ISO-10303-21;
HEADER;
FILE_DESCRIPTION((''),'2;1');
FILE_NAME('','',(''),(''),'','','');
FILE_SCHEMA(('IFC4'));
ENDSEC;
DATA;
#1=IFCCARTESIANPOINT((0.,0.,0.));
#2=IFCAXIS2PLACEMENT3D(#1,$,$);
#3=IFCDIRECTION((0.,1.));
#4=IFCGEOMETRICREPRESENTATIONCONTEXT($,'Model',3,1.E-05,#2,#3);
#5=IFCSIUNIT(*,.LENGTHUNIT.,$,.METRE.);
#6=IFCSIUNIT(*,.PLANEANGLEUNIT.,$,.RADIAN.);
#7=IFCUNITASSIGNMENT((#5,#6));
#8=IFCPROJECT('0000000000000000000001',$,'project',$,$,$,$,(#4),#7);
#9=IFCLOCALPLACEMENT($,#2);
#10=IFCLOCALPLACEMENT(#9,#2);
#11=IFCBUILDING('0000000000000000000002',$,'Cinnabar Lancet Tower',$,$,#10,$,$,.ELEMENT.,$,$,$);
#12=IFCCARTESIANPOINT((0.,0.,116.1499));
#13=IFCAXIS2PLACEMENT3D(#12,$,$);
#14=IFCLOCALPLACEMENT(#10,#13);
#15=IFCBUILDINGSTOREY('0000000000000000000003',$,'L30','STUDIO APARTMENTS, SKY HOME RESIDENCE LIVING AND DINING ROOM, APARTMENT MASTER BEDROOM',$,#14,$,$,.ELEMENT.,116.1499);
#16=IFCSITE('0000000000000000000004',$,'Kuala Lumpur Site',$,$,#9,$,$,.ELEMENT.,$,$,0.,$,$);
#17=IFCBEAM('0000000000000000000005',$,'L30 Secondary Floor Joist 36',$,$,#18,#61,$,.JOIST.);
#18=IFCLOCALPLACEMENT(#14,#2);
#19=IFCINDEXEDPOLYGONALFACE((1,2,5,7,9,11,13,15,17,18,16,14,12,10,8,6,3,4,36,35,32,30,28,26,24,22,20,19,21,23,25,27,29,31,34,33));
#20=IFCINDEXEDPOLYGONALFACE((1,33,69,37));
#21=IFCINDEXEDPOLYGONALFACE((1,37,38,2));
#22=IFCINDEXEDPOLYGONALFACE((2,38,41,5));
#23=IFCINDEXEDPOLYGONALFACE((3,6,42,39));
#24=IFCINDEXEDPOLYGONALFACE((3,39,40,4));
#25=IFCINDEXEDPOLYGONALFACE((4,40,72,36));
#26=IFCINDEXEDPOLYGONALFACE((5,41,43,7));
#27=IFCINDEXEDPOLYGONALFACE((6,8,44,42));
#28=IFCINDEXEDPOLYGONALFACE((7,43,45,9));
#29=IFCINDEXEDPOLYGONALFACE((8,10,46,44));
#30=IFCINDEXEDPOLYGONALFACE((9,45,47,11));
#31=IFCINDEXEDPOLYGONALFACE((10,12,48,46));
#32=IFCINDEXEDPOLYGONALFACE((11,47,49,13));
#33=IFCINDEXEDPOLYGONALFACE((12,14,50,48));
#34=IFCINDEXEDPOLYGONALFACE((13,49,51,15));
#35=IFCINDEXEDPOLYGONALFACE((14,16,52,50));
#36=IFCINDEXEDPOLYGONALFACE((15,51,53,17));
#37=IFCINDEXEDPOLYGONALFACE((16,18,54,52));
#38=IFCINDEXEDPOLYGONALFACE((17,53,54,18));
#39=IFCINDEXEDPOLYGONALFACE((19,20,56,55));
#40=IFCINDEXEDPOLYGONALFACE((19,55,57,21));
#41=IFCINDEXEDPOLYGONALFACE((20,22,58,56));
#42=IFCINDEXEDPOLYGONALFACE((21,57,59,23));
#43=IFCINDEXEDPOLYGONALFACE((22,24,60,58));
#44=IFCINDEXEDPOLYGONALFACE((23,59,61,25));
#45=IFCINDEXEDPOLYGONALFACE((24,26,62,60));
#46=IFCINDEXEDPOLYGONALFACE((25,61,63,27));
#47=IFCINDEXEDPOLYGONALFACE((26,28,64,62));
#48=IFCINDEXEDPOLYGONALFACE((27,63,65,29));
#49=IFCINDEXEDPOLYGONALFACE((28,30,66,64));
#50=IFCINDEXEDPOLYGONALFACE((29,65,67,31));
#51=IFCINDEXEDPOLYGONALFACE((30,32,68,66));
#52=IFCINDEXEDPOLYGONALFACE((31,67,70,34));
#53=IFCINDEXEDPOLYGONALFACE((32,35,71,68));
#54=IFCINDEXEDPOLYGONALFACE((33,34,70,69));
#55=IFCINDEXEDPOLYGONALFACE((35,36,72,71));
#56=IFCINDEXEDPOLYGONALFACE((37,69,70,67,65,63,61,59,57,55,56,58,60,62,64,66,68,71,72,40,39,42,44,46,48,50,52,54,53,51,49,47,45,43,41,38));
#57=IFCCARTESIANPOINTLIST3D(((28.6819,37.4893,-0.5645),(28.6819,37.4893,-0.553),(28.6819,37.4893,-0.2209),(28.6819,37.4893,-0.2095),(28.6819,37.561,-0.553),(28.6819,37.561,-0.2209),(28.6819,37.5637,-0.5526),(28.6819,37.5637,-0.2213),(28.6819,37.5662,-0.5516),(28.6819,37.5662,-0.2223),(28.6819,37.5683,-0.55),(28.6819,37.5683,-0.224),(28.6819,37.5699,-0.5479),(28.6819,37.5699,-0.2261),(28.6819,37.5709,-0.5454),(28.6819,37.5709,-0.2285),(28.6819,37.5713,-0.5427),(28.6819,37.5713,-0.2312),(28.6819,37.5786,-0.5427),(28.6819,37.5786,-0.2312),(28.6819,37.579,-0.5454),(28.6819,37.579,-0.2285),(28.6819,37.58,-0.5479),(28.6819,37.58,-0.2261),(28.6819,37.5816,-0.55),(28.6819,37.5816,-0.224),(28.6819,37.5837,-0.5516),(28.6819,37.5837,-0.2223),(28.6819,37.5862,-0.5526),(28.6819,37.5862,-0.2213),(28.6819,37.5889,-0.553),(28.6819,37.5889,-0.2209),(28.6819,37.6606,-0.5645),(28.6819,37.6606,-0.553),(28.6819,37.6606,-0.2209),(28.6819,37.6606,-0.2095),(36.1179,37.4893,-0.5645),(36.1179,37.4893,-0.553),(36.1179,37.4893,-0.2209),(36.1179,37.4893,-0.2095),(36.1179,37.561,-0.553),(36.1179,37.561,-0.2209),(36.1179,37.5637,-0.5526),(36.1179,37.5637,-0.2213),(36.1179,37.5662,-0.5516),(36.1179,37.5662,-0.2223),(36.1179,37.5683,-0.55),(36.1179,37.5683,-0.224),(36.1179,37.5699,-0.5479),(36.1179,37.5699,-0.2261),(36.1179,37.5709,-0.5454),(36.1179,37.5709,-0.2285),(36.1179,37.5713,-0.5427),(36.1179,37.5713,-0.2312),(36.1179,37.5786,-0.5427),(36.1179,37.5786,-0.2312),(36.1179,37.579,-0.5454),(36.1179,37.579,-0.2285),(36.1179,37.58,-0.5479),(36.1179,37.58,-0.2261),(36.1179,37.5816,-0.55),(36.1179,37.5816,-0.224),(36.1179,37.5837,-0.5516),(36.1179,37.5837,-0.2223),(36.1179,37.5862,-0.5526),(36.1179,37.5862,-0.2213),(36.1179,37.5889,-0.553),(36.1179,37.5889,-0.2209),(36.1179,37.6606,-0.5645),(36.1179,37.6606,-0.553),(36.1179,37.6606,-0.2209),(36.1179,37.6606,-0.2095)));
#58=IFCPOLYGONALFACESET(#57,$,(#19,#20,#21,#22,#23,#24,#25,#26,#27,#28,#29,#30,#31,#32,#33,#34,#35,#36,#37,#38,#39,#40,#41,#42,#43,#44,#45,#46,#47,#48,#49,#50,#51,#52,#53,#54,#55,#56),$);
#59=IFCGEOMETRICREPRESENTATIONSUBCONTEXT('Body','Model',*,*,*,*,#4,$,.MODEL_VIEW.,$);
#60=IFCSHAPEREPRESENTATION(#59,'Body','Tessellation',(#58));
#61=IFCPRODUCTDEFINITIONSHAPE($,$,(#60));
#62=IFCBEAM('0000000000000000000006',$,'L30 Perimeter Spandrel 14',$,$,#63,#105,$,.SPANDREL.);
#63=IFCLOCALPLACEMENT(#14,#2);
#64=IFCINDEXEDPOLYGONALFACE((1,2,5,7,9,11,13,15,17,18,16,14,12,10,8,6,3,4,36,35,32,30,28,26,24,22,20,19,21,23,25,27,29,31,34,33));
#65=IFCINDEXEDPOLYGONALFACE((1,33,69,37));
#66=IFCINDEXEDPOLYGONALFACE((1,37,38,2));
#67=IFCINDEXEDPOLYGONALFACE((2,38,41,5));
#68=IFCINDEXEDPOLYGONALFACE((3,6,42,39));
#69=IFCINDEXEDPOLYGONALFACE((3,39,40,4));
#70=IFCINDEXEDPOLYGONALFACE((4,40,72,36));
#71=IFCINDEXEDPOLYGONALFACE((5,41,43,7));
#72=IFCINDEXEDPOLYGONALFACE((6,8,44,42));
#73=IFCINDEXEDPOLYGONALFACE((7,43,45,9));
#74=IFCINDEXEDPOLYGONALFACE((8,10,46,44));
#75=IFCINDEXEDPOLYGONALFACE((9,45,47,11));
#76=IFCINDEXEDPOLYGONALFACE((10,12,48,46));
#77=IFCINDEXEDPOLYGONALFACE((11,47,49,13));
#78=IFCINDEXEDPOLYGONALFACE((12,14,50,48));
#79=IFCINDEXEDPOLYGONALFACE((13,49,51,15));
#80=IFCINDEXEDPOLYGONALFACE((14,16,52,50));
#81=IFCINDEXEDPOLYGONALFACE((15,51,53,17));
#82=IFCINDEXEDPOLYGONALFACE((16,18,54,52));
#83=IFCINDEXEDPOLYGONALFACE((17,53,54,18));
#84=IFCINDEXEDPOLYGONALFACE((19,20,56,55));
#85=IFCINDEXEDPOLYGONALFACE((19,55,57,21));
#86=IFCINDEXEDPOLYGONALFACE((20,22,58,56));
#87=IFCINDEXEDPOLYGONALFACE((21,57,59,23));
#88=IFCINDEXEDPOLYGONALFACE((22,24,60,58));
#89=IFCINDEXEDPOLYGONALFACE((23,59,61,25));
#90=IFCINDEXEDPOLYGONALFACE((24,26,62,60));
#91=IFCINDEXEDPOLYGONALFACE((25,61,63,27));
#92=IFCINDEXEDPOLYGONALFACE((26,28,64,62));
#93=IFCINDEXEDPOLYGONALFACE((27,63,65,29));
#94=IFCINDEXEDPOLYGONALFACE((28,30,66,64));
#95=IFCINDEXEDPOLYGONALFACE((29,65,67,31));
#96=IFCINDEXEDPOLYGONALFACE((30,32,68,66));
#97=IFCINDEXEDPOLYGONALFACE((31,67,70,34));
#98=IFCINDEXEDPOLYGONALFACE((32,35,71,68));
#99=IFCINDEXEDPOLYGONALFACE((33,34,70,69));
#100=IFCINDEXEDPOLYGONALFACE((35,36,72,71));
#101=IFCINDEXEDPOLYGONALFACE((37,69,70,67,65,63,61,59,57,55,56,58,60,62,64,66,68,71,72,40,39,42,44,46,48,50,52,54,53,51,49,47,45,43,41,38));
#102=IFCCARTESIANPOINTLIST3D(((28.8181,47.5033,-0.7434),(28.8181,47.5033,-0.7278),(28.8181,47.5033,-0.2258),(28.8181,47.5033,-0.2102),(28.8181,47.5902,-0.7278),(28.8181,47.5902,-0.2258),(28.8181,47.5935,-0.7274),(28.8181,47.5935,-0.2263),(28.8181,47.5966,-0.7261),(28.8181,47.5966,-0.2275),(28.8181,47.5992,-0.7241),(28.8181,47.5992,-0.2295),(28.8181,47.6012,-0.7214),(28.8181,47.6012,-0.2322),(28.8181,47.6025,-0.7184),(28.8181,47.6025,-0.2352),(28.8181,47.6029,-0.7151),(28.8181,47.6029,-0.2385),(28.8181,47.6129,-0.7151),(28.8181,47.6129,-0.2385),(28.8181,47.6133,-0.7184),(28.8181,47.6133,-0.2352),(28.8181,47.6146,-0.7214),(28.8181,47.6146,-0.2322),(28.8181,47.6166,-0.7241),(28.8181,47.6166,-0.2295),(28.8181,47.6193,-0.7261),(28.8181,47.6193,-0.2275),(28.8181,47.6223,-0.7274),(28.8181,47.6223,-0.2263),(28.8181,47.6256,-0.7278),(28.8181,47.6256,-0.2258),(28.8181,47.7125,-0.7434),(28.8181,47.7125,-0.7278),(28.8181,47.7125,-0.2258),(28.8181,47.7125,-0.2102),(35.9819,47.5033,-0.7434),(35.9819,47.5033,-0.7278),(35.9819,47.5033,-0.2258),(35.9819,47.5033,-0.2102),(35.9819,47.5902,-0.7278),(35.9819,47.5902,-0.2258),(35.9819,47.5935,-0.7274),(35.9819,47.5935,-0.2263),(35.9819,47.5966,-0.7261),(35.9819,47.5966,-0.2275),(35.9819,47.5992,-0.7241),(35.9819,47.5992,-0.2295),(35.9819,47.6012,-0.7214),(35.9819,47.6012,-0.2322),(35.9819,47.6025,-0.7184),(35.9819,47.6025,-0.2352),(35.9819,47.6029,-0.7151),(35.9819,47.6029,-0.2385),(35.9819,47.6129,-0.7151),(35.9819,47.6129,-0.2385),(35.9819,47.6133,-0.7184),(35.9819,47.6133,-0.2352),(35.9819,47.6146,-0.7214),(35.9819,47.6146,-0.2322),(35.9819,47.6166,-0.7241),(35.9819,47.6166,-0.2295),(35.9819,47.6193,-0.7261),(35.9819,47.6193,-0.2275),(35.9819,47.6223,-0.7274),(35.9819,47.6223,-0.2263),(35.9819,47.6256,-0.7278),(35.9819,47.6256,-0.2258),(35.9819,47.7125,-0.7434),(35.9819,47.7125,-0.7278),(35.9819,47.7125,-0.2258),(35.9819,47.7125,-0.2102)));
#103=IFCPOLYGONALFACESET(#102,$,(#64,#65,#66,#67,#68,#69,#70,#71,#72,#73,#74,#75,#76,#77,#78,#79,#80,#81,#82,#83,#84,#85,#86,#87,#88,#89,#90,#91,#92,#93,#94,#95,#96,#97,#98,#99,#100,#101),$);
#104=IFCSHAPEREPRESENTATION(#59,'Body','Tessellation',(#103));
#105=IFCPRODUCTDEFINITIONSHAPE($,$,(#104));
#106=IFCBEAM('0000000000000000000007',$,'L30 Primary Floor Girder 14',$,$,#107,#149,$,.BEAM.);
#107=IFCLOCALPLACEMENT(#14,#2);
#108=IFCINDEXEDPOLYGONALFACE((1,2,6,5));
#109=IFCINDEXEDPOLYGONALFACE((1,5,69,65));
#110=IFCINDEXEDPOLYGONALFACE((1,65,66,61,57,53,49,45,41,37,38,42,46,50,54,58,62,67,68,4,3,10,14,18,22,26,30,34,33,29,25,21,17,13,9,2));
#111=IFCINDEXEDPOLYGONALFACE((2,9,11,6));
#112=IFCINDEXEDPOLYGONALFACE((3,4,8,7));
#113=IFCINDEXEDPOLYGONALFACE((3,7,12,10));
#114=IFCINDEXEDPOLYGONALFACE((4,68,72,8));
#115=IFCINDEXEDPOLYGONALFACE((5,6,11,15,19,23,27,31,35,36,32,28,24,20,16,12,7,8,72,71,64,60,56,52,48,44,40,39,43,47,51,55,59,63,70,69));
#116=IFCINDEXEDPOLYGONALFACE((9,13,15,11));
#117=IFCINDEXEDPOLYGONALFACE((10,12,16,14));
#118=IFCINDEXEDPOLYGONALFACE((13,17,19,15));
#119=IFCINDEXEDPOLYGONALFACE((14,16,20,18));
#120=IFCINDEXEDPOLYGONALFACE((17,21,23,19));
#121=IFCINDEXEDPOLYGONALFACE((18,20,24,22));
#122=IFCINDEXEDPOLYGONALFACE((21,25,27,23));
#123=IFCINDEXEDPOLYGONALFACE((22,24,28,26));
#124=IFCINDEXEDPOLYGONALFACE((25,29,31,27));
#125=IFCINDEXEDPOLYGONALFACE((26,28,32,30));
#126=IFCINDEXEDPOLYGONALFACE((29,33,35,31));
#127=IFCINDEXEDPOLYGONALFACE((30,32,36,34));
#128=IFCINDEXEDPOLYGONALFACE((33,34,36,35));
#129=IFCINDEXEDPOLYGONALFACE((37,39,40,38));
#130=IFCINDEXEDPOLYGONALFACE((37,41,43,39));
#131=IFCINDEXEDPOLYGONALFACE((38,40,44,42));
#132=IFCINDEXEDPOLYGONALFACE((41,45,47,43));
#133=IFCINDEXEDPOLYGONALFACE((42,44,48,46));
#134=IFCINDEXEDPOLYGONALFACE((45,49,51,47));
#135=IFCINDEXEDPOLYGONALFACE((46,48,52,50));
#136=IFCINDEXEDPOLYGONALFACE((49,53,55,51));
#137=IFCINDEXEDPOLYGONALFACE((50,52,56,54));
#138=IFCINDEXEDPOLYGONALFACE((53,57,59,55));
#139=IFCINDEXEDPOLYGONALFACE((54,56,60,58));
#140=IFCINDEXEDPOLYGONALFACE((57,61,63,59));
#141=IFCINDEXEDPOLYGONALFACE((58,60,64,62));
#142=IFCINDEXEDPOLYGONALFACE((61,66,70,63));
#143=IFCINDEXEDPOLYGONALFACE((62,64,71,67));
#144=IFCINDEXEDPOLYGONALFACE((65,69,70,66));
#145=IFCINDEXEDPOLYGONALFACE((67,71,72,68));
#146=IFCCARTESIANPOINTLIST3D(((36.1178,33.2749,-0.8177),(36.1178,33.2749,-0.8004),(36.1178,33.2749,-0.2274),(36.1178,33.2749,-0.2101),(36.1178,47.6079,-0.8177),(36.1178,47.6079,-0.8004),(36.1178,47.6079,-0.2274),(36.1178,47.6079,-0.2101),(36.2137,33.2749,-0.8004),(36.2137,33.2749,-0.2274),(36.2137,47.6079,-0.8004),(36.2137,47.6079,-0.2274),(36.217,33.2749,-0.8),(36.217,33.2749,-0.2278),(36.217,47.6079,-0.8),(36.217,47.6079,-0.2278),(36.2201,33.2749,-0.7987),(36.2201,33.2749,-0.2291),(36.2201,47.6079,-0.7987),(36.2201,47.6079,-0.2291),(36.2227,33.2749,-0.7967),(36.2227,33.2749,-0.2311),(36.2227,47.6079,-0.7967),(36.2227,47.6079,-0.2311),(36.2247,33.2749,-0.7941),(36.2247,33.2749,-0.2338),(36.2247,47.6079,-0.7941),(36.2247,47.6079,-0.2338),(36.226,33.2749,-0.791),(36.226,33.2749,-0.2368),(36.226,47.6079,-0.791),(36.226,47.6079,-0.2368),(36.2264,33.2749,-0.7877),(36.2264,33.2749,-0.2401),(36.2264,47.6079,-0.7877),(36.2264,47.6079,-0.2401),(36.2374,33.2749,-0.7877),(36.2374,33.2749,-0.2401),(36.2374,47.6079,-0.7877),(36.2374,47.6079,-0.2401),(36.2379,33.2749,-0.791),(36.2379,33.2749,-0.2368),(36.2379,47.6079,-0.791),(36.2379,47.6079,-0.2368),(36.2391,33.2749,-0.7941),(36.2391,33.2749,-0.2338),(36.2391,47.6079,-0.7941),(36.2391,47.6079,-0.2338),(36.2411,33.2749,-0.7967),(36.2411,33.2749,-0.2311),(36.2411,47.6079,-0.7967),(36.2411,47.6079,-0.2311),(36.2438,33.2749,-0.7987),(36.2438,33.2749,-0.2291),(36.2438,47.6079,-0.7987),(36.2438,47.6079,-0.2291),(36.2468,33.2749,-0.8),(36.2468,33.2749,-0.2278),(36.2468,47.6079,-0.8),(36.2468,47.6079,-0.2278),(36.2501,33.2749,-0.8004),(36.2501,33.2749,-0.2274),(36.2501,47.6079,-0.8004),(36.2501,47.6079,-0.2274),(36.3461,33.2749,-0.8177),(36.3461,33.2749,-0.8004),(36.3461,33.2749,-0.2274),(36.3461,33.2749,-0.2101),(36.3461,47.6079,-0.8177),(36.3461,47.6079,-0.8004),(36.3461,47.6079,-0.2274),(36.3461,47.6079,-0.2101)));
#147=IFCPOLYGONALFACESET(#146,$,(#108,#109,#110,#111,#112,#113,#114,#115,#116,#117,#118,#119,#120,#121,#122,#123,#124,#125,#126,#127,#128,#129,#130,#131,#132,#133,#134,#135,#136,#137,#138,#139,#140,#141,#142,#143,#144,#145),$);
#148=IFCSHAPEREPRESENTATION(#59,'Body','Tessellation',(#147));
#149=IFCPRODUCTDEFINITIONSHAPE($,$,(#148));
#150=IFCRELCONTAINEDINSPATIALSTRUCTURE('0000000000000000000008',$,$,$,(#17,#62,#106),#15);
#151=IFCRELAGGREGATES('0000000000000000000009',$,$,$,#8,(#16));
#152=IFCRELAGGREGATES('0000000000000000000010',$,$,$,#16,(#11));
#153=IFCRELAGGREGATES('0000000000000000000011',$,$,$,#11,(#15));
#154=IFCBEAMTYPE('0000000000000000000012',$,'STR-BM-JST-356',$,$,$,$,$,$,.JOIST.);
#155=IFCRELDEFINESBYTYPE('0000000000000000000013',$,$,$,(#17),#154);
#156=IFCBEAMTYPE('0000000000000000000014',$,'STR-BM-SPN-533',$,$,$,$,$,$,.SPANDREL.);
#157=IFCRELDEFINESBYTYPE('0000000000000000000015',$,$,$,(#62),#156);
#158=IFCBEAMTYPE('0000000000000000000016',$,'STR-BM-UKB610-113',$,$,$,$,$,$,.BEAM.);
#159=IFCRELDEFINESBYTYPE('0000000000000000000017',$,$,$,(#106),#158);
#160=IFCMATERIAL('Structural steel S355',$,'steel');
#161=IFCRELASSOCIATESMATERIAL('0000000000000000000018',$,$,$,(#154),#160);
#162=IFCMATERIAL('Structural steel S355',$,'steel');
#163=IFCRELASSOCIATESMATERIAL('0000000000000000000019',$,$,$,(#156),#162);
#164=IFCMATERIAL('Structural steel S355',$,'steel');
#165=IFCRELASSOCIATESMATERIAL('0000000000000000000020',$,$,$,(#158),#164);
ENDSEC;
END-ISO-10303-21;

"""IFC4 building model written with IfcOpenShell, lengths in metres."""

from ifc_helpers import new_model, si_unit, direction, frame, origin, origin_2d, place, context, subcontext, project, spatial, i_section, extrude, material, material_profile, profile_set, type_object, element, save


model = new_model("IFC4")

# Units and contexts
model_context = context("Model", 3, precision=1e-05, world=origin(), true_north=direction((0.0, 1.0)))
body_context = subcontext(model_context, "Body", "Model", "MODEL_VIEW")
ifc_project = project(units=[si_unit("LENGTHUNIT", "METRE"), si_unit("PLANEANGLEUNIT", "RADIAN")], contexts=[model_context])

# Site, building, storey
site_placement = place(None, origin())
site = spatial("IfcSite", under=ifc_project, at=site_placement, Name="Kuala Lumpur Site", CompositionType="ELEMENT", RefElevation=0.0)
building_placement = place(site_placement, origin())
building = spatial("IfcBuilding", under=site, at=building_placement, Name="Cinnabar Lancet Tower", CompositionType="ELEMENT")
storey_placement = place(building_placement, frame((0.0, 0.0, 116.1499)))
storey = spatial("IfcBuildingStorey", under=building, at=storey_placement, Name="L30", Description="STUDIO APARTMENTS, SKY HOME RESIDENCE LIVING AND DINING ROOM, APARTMENT MASTER BEDROOM", CompositionType="ELEMENT", Elevation=116.1499)

# Beams
ifc_material_1 = material(Name="Structural steel S355", Category="steel")
ifc_material_profile_1 = material_profile(ifc_material_1, i_section(OverallWidth=0.1714, OverallDepth=0.355, WebThickness=0.0073, FlangeThickness=0.0115, FilletRadius=0.0103, at=origin_2d()), Name="UKB 356x171x51")
ifc_profile_set_1 = profile_set([ifc_material_profile_1], Name="Structural steel S355")
beam_type_1 = type_object("IfcBeamType", Name="STR-BM-JST-356", PredefinedType="JOIST", material=ifc_profile_set_1)
for number, where, z_axis, x_axis, name in (
    (1, (36.1179, 37.575, -0.387), (-1.0, 0.0, 0.0), (0.0, -1.0, 0.0), "L30 Secondary Floor Joist 36"),
):
    element("IfcBeam", number, at=place(storey_placement, frame(where, z_axis=z_axis, x_axis=x_axis)), inside=storey, type_object=beam_type_1, Name=name, PredefinedType="JOIST", context=body_context, shape_type="SweptSolid", body=[
        extrude(i_section(OverallWidth=0.1714, OverallDepth=0.355, WebThickness=0.0073, FlangeThickness=0.0115, FilletRadius=0.0103, at=origin_2d()), origin(), (0.0, 0.0, 1.0), 7.436),
    ])
ifc_material_2 = material(Name="Structural steel S355", Category="steel")
ifc_material_profile_2 = material_profile(ifc_material_2, i_section(OverallWidth=0.2092, OverallDepth=0.5332, WebThickness=0.01, FlangeThickness=0.0156, FilletRadius=0.0127, at=origin_2d()), Name="UKB 533x210x92")
ifc_profile_set_2 = profile_set([ifc_material_profile_2], Name="Structural steel S355")
beam_type_2 = type_object("IfcBeamType", Name="STR-BM-SPN-533", PredefinedType="SPANDREL", material=ifc_profile_set_2)
beam_1_placement = place(storey_placement, frame((35.9819, 47.6079, -0.4768), z_axis=(-1.0, 0.0, 0.0), x_axis=(0.0, -1.0, 0.0)))
element("IfcBeam", 2, at=beam_1_placement, inside=storey, type_object=beam_type_2, Name="L30 Perimeter Spandrel 14", PredefinedType="SPANDREL", context=body_context, shape_type="SweptSolid", body=[
    extrude(i_section(OverallWidth=0.2092, OverallDepth=0.5332, WebThickness=0.01, FlangeThickness=0.0156, FilletRadius=0.0127, at=origin_2d()), origin(), (0.0, 0.0, 1.0), 7.1638),
])
ifc_material_3 = material(Name="Structural steel S355", Category="steel")
ifc_material_profile_3 = material_profile(ifc_material_3, i_section(OverallWidth=0.2283, OverallDepth=0.6077, WebThickness=0.011, FlangeThickness=0.0173, FilletRadius=0.0127, at=origin_2d()), Name="UKB 610x229x113")
ifc_profile_set_3 = profile_set([ifc_material_profile_3], Name="Structural steel S355")
beam_type_3 = type_object("IfcBeamType", Name="STR-BM-UKB610-113", PredefinedType="BEAM", material=ifc_profile_set_3)
beam_2_placement = place(storey_placement, frame((36.2319, 47.6079, -0.5139), z_axis=(0.0, -1.0, 0.0), x_axis=(1.0, 0.0, 0.0)))
element("IfcBeam", 3, at=beam_2_placement, inside=storey, type_object=beam_type_3, Name="L30 Primary Floor Girder 14", PredefinedType="BEAM", context=body_context, shape_type="SweptSolid", body=[
    extrude(i_section(OverallWidth=0.2283, OverallDepth=0.6077, WebThickness=0.011, FlangeThickness=0.0173, FilletRadius=0.0127, at=origin_2d()), origin(), (0.0, 0.0, 1.0), 14.333),
])

save(model, "model.ifc")
